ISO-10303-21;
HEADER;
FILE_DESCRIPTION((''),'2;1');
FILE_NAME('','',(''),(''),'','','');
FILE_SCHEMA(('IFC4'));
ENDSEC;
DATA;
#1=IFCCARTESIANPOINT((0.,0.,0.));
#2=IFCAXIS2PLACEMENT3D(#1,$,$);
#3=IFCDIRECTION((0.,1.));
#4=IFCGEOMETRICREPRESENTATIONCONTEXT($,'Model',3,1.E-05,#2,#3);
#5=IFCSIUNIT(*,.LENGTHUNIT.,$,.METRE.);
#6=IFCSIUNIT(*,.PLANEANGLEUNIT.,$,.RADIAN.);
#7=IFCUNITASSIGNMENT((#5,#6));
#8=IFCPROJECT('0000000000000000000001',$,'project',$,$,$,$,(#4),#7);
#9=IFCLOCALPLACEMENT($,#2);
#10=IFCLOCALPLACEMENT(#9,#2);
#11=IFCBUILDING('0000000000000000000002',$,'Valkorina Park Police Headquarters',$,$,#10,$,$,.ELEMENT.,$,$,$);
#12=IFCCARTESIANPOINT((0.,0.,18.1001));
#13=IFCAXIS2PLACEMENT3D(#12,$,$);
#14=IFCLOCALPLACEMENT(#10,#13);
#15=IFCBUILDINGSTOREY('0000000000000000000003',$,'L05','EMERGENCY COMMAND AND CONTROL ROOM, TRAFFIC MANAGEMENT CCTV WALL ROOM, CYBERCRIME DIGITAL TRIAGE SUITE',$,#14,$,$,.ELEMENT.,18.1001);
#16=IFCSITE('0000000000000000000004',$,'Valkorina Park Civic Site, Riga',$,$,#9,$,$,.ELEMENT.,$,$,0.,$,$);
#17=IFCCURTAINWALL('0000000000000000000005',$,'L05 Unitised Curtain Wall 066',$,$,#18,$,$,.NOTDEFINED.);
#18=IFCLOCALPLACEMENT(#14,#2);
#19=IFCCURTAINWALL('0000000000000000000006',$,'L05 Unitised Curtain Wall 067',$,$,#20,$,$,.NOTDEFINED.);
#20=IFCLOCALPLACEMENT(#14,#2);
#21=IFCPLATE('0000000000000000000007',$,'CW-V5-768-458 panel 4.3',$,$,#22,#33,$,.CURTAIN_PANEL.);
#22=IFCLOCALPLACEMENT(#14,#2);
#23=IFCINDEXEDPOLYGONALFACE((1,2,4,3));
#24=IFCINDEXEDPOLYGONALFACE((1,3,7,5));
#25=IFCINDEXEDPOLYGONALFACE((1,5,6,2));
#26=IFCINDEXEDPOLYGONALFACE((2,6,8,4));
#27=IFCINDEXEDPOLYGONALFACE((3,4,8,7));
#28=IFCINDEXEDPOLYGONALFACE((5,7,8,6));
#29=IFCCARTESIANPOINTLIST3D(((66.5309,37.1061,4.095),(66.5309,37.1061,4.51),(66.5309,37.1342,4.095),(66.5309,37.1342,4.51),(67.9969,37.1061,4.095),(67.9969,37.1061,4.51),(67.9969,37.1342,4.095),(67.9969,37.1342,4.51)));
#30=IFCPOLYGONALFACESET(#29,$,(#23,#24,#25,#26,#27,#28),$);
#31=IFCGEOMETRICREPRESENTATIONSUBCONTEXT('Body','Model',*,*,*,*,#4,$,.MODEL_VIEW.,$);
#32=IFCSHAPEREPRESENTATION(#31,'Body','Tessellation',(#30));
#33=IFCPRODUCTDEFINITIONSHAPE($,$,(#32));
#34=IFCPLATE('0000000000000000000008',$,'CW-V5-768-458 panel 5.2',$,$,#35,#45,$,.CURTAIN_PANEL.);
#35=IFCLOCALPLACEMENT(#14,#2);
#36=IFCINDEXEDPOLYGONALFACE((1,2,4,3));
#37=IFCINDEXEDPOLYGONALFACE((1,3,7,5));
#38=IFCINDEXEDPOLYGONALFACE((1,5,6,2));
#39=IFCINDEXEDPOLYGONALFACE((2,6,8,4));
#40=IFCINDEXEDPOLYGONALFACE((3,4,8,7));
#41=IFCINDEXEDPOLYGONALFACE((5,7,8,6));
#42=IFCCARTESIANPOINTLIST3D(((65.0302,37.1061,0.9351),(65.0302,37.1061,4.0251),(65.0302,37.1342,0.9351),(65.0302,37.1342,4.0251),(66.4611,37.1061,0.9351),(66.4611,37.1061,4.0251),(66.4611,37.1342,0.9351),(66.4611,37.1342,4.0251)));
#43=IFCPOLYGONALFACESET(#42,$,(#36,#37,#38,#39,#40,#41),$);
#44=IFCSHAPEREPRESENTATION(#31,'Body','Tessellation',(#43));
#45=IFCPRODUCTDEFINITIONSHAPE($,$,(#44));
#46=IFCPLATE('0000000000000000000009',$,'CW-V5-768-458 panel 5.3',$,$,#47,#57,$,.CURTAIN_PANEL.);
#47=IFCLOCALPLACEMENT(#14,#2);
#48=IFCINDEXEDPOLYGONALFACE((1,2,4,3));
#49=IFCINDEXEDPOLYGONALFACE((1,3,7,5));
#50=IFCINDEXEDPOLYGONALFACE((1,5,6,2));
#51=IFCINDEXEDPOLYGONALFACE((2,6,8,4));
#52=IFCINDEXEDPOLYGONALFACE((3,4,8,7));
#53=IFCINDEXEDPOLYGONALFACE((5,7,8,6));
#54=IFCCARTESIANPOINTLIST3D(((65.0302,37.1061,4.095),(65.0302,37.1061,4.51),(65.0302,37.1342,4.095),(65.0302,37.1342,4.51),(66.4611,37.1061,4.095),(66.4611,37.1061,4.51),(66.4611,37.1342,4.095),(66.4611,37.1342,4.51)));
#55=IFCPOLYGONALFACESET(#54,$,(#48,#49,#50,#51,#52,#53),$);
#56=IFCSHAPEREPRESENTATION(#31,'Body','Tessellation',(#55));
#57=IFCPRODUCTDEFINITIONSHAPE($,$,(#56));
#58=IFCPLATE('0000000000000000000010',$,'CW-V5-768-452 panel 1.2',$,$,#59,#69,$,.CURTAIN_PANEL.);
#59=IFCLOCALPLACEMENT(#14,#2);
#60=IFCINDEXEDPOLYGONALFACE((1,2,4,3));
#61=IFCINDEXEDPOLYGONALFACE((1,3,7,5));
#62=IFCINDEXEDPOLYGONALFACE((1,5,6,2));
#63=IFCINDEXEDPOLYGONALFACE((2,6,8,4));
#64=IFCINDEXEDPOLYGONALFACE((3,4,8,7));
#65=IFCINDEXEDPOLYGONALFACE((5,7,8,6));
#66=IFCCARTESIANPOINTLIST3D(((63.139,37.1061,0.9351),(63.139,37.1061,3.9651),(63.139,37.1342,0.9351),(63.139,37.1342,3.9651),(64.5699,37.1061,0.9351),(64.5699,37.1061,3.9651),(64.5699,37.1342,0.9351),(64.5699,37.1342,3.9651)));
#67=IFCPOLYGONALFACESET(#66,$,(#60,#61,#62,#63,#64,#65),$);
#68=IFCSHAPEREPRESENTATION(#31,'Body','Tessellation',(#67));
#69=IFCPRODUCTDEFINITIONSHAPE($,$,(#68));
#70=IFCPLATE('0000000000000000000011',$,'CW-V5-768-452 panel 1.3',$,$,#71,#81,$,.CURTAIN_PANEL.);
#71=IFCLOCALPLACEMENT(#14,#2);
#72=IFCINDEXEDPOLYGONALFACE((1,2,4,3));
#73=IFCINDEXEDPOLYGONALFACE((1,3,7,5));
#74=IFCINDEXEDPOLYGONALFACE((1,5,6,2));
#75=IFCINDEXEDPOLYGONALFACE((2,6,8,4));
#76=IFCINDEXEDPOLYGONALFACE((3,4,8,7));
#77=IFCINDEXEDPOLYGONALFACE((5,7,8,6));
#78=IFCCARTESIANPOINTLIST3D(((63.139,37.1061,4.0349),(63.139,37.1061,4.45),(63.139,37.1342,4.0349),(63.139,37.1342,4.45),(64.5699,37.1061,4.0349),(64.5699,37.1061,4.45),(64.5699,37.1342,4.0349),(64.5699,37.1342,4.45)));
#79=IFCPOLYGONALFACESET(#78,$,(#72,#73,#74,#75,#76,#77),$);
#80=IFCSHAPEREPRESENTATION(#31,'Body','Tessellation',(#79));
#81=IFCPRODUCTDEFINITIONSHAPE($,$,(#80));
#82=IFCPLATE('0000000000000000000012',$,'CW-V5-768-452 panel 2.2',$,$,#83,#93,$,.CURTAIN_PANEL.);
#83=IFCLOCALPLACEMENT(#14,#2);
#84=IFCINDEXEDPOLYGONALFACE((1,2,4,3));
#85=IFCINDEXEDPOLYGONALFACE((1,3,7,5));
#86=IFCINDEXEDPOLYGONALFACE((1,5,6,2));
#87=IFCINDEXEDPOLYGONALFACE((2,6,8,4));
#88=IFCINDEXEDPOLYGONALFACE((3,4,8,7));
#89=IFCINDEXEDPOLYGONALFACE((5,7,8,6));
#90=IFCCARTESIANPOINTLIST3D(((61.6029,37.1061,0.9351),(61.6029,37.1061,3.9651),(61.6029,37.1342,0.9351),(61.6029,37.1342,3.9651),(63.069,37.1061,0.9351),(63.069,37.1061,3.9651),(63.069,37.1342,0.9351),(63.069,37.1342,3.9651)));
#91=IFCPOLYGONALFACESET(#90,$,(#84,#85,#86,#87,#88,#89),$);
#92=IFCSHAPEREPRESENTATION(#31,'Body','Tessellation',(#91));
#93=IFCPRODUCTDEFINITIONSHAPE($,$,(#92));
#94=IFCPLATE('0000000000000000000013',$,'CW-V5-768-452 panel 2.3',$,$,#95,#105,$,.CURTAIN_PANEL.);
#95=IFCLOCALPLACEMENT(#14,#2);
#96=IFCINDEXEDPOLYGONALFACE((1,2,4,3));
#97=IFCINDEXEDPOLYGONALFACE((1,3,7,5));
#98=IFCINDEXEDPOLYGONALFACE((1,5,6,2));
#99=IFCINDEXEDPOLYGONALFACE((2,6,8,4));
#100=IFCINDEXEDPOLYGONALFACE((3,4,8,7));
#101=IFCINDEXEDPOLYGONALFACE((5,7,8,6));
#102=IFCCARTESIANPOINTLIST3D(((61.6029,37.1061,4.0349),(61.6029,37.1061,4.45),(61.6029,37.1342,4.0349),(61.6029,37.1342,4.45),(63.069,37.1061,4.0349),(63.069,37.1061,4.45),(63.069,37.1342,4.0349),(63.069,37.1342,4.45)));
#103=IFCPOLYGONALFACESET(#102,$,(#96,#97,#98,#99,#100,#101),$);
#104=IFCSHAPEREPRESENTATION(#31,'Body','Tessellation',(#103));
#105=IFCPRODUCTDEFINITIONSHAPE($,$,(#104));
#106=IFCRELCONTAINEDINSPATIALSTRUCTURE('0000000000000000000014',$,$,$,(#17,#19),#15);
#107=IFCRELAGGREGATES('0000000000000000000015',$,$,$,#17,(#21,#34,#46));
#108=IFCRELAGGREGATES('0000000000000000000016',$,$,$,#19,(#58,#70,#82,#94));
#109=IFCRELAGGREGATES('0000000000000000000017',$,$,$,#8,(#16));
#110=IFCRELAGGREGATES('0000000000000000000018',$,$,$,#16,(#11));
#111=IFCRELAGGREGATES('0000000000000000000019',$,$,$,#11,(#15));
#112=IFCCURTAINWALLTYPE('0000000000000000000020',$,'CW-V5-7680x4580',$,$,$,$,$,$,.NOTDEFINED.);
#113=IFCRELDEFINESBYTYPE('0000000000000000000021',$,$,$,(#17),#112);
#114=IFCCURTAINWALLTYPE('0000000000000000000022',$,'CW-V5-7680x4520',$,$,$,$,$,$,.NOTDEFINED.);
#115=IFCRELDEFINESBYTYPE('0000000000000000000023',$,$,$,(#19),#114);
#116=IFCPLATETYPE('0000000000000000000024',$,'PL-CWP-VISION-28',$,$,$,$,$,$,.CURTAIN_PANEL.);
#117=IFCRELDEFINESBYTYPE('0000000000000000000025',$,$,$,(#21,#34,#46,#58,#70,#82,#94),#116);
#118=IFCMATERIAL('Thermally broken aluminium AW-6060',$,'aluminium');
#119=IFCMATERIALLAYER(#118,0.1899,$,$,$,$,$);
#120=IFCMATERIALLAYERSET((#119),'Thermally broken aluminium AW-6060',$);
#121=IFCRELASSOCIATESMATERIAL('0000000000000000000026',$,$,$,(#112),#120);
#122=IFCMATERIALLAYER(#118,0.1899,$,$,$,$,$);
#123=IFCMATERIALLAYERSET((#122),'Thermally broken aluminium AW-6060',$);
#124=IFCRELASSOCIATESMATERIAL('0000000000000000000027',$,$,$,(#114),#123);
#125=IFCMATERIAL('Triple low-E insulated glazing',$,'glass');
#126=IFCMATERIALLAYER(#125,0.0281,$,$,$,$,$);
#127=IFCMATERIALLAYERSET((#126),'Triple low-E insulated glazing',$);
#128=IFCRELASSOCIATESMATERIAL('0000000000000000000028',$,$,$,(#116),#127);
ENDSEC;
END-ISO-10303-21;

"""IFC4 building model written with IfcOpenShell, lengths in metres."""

from ifc_helpers import new_model, si_unit, direction, frame, origin, origin_2d, place, context, subcontext, project, spatial, rectangle, extrude, material, layer, layer_set, type_object, element, aggregate, save


model = new_model("IFC4")

# Units and contexts
model_context = context("Model", 3, precision=1e-05, world=origin(), true_north=direction((0.0, 1.0)))
body_context = subcontext(model_context, "Body", "Model", "MODEL_VIEW")
ifc_project = project(units=[si_unit("LENGTHUNIT", "METRE"), si_unit("PLANEANGLEUNIT", "RADIAN")], contexts=[model_context])

# Site, building, storey
site_placement = place(None, origin())
site = spatial("IfcSite", under=ifc_project, at=site_placement, Name="Valkorina Park Civic Site, Riga", CompositionType="ELEMENT", RefElevation=0.0)
building_placement = place(site_placement, origin())
building = spatial("IfcBuilding", under=site, at=building_placement, Name="Valkorina Park Police Headquarters", CompositionType="ELEMENT")
storey_placement = place(building_placement, frame((0.0, 0.0, 18.1001)))
storey = spatial("IfcBuildingStorey", under=building, at=storey_placement, Name="L05", Description="EMERGENCY COMMAND AND CONTROL ROOM, TRAFFIC MANAGEMENT CCTV WALL ROOM, CYBERCRIME DIGITAL TRIAGE SUITE", CompositionType="ELEMENT", Elevation=18.1001)

# Curtain walls
ifc_material_1 = material(Name="Thermally broken aluminium AW-6060", Category="aluminium")
ifc_layer_1 = layer(ifc_material_1, 0.1899)
ifc_layer_set_1 = layer_set([ifc_layer_1], Name="Thermally broken aluminium AW-6060")
curtain_wall_type_1 = type_object("IfcCurtainWallType", Name="CW-V5-7680x4580", PredefinedType="NOTDEFINED", material=ifc_layer_set_1)
curtain_wall_1_placement = place(storey_placement, origin())
curtain_wall_1 = element("IfcCurtainWall", 1, at=curtain_wall_1_placement, inside=storey, type_object=curtain_wall_type_1, Name="L05 Unitised Curtain Wall 066", PredefinedType="NOTDEFINED")
ifc_layer_2 = layer(ifc_material_1, 0.1899)
ifc_layer_set_2 = layer_set([ifc_layer_2], Name="Thermally broken aluminium AW-6060")
curtain_wall_type_2 = type_object("IfcCurtainWallType", Name="CW-V5-7680x4520", PredefinedType="NOTDEFINED", material=ifc_layer_set_2)
curtain_wall_2_placement = place(storey_placement, origin())
curtain_wall_2 = element("IfcCurtainWall", 2, at=curtain_wall_2_placement, inside=storey, type_object=curtain_wall_type_2, Name="L05 Unitised Curtain Wall 067", PredefinedType="NOTDEFINED")

# Plates
ifc_material_2 = material(Name="Triple low-E insulated glazing", Category="glass")
ifc_layer_3 = layer(ifc_material_2, 0.0281)
ifc_layer_set_3 = layer_set([ifc_layer_3], Name="Triple low-E insulated glazing")
plate_type_1 = type_object("IfcPlateType", Name="PL-CWP-VISION-28", PredefinedType="CURTAIN_PANEL", material=ifc_layer_set_3)
plate_1_placement = place(storey_placement, frame((67.2639, 37.1201, 4.095), z_axis=(0.0, 0.0, 1.0), x_axis=(-1.0, 0.0, 0.0)))
plate_1 = element("IfcPlate", 3, at=plate_1_placement, type_object=plate_type_1, Name="CW-V5-768-458 panel 4.3", PredefinedType="CURTAIN_PANEL", context=body_context, shape_type="SweptSolid", body=[
    extrude(rectangle(XDim=1.4661, YDim=0.0281, at=origin_2d()), origin(), (0.0, 0.0, 1.0), 0.415),
])
plate_2_placement = place(storey_placement, frame((65.7456, 37.1201, 0.9351), z_axis=(0.0, 0.0, 1.0), x_axis=(-1.0, 0.0, 0.0)))
plate_2 = element("IfcPlate", 4, at=plate_2_placement, type_object=plate_type_1, Name="CW-V5-768-458 panel 5.2", PredefinedType="CURTAIN_PANEL", context=body_context, shape_type="SweptSolid", body=[
    extrude(rectangle(XDim=1.4309, YDim=0.0281, at=origin_2d()), origin(), (0.0, 0.0, 1.0), 3.0901),
])
plate_3_placement = place(storey_placement, frame((65.7456, 37.1201, 4.095), z_axis=(0.0, 0.0, 1.0), x_axis=(-1.0, 0.0, 0.0)))
plate_3 = element("IfcPlate", 5, at=plate_3_placement, type_object=plate_type_1, Name="CW-V5-768-458 panel 5.3", PredefinedType="CURTAIN_PANEL", context=body_context, shape_type="SweptSolid", body=[
    extrude(rectangle(XDim=1.4309, YDim=0.0281, at=origin_2d()), origin(), (0.0, 0.0, 1.0), 0.415),
])
aggregate(curtain_wall_1, [plate_1, plate_2, plate_3])
plate_4_placement = place(storey_placement, frame((63.8545, 37.1201, 0.9351), z_axis=(0.0, 0.0, 1.0), x_axis=(-1.0, 0.0, 0.0)))
plate_4 = element("IfcPlate", 6, at=plate_4_placement, type_object=plate_type_1, Name="CW-V5-768-452 panel 1.2", PredefinedType="CURTAIN_PANEL", context=body_context, shape_type="SweptSolid", body=[
    extrude(rectangle(XDim=1.4309, YDim=0.0281, at=origin_2d()), origin(), (0.0, 0.0, 1.0), 3.03),
])
plate_5_placement = place(storey_placement, frame((63.8545, 37.1201, 4.0349), z_axis=(0.0, 0.0, 1.0), x_axis=(-1.0, 0.0, 0.0)))
plate_5 = element("IfcPlate", 7, at=plate_5_placement, type_object=plate_type_1, Name="CW-V5-768-452 panel 1.3", PredefinedType="CURTAIN_PANEL", context=body_context, shape_type="SweptSolid", body=[
    extrude(rectangle(XDim=1.4309, YDim=0.0281, at=origin_2d()), origin(), (0.0, 0.0, 1.0), 0.415),
])
plate_6_placement = place(storey_placement, frame((62.3359, 37.1201, 0.9351), z_axis=(0.0, 0.0, 1.0), x_axis=(-1.0, 0.0, 0.0)))
plate_6 = element("IfcPlate", 8, at=plate_6_placement, type_object=plate_type_1, Name="CW-V5-768-452 panel 2.2", PredefinedType="CURTAIN_PANEL", context=body_context, shape_type="SweptSolid", body=[
    extrude(rectangle(XDim=1.4661, YDim=0.0281, at=origin_2d()), origin(), (0.0, 0.0, 1.0), 3.03),
])
plate_7_placement = place(storey_placement, frame((62.3359, 37.1201, 4.0349), z_axis=(0.0, 0.0, 1.0), x_axis=(-1.0, 0.0, 0.0)))
plate_7 = element("IfcPlate", 9, at=plate_7_placement, type_object=plate_type_1, Name="CW-V5-768-452 panel 2.3", PredefinedType="CURTAIN_PANEL", context=body_context, shape_type="SweptSolid", body=[
    extrude(rectangle(XDim=1.4661, YDim=0.0281, at=origin_2d()), origin(), (0.0, 0.0, 1.0), 0.415),
])
aggregate(curtain_wall_2, [plate_4, plate_5, plate_6, plate_7])

save(model, "model.ifc")
